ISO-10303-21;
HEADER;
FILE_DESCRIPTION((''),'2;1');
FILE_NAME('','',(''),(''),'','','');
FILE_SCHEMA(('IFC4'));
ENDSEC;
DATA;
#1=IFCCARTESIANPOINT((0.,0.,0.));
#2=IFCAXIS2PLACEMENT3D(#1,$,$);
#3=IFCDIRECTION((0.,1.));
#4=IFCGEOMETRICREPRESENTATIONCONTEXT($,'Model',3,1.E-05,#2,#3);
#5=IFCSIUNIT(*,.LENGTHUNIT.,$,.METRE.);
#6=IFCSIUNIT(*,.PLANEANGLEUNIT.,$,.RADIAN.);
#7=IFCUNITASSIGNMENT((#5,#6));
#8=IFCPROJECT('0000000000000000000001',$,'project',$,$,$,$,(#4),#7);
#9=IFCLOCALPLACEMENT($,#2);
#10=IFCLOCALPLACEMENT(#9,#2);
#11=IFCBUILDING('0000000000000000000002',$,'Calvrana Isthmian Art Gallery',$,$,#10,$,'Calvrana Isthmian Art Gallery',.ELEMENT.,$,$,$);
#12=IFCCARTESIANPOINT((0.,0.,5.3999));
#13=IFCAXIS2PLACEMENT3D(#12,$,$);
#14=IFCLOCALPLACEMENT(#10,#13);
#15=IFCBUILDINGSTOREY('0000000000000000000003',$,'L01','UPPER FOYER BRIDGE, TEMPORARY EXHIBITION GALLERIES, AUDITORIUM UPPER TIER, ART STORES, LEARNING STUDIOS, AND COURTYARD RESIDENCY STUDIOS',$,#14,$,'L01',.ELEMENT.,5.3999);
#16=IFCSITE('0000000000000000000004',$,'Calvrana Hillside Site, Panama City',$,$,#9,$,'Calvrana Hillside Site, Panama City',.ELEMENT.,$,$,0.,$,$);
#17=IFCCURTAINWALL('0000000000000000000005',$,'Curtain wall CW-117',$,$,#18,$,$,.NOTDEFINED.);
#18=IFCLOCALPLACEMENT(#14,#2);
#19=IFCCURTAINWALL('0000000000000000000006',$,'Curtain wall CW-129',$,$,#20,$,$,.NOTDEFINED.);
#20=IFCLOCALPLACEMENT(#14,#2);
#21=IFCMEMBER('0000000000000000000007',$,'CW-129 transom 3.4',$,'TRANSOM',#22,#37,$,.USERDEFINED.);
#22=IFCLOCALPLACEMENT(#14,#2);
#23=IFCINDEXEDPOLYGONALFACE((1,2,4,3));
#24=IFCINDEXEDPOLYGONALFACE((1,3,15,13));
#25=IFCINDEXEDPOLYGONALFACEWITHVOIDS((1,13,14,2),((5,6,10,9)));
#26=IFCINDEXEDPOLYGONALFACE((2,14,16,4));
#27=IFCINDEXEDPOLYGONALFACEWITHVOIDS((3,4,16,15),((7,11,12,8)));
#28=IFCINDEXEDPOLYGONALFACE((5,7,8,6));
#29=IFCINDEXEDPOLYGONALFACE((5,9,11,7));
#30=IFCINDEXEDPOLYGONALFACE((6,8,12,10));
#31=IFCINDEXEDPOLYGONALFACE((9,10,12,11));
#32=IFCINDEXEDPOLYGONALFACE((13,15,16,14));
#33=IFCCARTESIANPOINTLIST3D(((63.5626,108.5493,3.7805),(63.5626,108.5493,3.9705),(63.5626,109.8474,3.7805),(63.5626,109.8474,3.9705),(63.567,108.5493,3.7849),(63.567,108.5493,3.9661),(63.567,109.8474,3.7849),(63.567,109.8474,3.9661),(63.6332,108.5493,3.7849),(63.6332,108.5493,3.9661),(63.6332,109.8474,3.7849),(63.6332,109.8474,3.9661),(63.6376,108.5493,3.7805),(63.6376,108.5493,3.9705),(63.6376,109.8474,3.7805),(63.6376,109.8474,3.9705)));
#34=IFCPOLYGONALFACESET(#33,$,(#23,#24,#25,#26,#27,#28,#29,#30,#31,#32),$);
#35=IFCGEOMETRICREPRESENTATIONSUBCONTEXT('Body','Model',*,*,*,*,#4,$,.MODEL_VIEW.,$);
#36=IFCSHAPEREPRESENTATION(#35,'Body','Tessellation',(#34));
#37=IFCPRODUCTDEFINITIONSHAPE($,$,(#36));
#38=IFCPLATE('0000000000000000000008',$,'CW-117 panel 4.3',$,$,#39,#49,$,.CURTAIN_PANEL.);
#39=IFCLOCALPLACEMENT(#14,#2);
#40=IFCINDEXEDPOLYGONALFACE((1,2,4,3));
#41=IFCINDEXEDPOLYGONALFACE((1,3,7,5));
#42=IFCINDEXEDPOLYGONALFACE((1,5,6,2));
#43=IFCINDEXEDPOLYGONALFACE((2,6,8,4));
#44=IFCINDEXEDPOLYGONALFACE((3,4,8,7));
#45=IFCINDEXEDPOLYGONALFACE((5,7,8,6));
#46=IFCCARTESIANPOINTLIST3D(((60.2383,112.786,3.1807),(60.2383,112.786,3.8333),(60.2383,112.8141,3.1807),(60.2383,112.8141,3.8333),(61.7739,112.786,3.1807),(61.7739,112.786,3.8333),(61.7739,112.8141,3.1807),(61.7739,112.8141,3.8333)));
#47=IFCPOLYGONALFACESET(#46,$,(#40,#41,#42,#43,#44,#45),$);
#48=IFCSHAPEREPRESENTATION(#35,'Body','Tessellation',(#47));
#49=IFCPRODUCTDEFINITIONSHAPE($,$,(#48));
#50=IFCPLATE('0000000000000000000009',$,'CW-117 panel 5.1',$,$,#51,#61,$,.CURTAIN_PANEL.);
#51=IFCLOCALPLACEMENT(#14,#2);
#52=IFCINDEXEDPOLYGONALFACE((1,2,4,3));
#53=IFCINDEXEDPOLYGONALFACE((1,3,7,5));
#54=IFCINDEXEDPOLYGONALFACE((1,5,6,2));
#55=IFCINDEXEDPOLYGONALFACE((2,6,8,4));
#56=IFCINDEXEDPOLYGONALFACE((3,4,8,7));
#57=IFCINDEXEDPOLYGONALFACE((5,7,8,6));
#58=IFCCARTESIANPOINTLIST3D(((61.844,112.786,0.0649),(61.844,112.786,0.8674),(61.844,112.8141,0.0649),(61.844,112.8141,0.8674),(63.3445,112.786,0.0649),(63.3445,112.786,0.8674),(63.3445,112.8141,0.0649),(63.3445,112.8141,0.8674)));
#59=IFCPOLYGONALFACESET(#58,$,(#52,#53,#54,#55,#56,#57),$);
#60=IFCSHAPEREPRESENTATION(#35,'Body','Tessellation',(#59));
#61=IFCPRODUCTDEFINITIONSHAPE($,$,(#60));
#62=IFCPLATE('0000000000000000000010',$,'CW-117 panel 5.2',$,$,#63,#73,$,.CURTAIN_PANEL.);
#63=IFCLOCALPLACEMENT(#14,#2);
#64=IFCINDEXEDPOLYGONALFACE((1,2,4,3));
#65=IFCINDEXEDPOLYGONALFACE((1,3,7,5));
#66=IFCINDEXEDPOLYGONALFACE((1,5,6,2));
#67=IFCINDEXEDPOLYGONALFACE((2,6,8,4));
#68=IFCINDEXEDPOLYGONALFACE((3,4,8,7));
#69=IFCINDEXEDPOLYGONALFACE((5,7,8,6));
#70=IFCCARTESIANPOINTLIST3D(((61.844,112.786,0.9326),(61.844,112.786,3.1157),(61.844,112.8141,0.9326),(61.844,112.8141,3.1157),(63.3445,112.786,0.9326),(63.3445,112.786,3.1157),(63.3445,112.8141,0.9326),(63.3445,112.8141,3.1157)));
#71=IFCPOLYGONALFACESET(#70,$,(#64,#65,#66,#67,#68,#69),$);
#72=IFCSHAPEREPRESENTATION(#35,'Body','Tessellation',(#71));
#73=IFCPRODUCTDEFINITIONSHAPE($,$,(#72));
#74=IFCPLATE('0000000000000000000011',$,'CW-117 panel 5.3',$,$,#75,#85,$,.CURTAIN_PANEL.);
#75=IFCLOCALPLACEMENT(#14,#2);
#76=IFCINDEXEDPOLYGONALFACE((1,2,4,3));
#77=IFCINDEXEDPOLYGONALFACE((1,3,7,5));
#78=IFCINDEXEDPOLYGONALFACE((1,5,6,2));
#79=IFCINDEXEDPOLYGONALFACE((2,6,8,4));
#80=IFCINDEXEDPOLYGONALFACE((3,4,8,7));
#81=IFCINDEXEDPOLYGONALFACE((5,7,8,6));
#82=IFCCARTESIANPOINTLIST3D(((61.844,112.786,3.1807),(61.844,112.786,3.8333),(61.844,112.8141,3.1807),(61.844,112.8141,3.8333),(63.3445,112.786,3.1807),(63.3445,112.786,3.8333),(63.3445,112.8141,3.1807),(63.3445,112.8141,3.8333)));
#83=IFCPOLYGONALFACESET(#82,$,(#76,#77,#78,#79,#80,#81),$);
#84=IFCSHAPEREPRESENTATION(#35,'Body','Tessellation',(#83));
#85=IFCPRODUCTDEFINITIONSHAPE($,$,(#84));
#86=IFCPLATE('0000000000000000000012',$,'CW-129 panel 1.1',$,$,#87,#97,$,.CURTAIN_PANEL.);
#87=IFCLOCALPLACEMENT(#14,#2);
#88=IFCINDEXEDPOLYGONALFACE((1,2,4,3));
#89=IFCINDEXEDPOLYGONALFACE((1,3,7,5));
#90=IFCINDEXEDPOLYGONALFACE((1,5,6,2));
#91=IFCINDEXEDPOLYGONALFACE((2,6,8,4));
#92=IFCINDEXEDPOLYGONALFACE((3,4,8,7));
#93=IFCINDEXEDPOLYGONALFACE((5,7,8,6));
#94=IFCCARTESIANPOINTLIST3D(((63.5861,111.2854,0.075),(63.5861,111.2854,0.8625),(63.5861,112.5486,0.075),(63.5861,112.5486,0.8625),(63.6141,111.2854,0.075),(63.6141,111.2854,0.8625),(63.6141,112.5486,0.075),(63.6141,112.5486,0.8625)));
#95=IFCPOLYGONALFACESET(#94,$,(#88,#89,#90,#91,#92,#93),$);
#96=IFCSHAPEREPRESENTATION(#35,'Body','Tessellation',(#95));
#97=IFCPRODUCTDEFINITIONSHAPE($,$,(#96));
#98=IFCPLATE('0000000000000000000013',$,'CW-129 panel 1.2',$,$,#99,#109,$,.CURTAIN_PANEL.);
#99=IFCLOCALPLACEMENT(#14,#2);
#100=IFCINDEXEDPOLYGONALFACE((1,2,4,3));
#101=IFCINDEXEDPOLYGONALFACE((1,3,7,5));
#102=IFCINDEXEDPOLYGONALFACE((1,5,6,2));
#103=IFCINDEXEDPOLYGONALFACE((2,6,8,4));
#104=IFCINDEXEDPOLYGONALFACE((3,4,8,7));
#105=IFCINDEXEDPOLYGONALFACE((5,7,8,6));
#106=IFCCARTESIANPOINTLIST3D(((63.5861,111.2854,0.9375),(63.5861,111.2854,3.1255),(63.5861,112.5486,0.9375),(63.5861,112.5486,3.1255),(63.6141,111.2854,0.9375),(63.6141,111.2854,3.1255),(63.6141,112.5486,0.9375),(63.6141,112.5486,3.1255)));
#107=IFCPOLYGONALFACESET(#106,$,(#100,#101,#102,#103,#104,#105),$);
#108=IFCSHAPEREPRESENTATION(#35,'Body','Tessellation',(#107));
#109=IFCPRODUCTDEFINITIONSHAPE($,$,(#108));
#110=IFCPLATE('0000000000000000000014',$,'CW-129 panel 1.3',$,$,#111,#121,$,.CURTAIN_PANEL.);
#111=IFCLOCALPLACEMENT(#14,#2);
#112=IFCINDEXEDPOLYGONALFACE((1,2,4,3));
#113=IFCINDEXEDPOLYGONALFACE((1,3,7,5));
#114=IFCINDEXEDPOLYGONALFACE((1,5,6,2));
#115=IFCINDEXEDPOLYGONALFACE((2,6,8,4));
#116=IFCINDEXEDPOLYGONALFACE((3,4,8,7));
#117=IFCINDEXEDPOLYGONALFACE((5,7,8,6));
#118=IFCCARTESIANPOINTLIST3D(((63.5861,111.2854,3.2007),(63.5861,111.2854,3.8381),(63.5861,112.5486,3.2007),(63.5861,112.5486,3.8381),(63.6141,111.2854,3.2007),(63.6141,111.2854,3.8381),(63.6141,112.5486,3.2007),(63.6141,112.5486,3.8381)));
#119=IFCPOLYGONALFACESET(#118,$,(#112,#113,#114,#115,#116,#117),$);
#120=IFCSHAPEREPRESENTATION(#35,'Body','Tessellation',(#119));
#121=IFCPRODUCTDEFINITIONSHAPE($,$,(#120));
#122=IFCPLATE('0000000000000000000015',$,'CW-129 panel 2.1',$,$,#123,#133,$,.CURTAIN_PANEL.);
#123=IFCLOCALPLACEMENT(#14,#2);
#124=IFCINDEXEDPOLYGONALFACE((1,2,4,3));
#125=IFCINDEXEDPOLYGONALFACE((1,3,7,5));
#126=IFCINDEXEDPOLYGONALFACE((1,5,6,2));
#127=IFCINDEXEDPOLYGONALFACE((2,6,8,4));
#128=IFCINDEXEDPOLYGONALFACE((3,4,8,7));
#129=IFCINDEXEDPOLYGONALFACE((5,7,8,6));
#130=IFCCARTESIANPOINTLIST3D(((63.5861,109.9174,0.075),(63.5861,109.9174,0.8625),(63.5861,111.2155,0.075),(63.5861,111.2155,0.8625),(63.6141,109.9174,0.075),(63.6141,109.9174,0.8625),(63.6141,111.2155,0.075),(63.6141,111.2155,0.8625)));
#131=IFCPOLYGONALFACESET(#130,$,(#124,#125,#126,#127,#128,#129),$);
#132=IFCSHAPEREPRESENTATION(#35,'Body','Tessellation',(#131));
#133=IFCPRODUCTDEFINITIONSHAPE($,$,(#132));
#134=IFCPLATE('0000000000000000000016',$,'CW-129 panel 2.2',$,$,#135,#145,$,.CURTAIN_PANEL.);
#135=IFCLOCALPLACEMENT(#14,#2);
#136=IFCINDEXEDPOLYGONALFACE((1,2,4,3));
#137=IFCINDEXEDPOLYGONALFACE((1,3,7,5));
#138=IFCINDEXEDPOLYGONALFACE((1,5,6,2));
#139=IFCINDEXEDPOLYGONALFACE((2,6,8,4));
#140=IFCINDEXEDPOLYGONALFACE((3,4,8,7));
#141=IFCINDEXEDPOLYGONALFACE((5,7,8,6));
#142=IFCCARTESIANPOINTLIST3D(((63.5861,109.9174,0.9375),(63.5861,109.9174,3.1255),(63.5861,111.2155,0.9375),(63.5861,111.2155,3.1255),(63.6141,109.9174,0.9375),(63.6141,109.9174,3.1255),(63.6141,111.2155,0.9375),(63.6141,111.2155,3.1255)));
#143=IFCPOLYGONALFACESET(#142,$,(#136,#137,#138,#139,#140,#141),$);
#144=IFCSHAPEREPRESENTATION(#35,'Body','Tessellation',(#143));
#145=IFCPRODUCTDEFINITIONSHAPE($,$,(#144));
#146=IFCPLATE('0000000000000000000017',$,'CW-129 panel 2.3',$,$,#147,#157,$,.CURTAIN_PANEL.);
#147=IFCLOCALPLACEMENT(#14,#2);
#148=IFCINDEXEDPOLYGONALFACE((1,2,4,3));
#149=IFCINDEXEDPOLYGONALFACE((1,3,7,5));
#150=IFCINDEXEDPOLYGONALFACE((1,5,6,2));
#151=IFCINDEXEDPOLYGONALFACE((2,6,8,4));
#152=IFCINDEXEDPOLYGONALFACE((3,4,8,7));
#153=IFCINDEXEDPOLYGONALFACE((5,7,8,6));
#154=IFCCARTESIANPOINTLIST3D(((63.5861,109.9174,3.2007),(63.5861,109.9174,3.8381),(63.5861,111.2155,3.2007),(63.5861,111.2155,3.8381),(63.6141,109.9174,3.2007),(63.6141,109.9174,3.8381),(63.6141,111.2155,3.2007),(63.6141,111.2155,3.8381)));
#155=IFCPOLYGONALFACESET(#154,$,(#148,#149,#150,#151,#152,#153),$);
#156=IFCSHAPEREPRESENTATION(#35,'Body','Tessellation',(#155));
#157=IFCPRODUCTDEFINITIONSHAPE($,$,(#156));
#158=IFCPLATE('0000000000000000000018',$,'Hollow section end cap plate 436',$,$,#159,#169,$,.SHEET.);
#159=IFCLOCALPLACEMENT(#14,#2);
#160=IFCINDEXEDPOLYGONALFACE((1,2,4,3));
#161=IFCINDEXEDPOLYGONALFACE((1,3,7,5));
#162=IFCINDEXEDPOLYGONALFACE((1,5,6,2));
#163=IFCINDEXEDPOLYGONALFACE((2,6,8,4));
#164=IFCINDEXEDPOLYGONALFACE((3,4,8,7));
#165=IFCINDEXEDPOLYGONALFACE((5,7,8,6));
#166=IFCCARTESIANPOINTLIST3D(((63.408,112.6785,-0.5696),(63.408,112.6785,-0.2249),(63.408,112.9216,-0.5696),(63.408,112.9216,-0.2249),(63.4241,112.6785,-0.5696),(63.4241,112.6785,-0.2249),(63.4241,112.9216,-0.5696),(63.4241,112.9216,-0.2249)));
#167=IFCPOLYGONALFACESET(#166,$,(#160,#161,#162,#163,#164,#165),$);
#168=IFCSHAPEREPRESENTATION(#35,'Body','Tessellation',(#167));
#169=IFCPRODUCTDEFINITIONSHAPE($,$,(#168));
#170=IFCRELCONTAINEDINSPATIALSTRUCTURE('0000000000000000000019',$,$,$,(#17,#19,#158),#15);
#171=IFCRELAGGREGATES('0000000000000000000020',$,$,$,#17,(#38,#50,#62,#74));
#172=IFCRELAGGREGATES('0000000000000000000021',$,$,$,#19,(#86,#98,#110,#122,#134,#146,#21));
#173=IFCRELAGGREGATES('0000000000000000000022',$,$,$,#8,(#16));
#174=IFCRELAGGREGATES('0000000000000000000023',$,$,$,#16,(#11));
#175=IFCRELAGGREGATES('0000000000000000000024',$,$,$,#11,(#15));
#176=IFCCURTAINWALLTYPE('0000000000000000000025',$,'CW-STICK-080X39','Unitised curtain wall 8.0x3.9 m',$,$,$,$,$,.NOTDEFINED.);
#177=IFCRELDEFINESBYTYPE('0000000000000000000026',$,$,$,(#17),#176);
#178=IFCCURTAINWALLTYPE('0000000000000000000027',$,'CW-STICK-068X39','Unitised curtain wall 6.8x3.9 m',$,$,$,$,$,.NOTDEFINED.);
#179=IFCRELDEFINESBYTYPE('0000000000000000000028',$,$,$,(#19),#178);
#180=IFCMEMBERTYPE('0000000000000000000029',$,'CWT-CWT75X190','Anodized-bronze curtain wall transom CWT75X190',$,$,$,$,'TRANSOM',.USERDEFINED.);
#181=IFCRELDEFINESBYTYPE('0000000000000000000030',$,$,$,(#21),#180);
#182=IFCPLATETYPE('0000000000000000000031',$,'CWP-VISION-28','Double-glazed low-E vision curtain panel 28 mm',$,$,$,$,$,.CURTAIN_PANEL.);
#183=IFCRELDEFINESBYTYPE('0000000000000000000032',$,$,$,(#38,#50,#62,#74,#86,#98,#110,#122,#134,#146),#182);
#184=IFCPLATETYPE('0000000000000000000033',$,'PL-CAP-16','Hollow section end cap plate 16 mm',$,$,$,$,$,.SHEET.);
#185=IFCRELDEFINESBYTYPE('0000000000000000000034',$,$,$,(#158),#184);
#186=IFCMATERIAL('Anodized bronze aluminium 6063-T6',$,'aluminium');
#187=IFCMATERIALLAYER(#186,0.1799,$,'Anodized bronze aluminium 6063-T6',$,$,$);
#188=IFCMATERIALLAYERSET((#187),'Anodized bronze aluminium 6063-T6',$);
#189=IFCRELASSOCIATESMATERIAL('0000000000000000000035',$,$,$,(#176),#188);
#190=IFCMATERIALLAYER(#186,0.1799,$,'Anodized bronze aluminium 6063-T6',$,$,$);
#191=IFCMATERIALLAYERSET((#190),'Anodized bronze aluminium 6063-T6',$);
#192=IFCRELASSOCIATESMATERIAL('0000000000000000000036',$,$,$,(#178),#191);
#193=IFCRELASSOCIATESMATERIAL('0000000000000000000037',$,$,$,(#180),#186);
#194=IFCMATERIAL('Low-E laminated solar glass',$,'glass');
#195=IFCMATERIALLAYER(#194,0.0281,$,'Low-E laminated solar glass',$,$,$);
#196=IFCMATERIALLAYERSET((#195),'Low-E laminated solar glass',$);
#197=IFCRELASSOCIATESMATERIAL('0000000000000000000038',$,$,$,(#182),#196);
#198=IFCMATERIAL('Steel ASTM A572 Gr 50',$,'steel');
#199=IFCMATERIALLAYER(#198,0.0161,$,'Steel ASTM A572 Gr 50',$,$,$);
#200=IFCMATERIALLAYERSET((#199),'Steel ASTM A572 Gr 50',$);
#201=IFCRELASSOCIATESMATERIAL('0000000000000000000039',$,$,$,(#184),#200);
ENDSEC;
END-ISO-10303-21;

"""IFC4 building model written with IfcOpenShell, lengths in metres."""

from ifc_helpers import new_model, si_unit, direction, frame, origin, origin_2d, place, context, subcontext, project, spatial, rectangle, hollow_rectangle, extrude, material, layer, layer_set, material_profile, profile_set, type_object, element, aggregate, save


model = new_model("IFC4")

# Units and contexts
model_context = context("Model", 3, precision=1e-05, world=origin(), true_north=direction((0.0, 1.0)))
body_context = subcontext(model_context, "Body", "Model", "MODEL_VIEW")
ifc_project = project(units=[si_unit("LENGTHUNIT", "METRE"), si_unit("PLANEANGLEUNIT", "RADIAN")], contexts=[model_context])

# Site, building, storey
site_placement = place(None, origin())
site = spatial("IfcSite", under=ifc_project, at=site_placement, Name="Calvrana Hillside Site, Panama City", LongName="Calvrana Hillside Site, Panama City", CompositionType="ELEMENT", RefElevation=0.0)
building_placement = place(site_placement, origin())
building = spatial("IfcBuilding", under=site, at=building_placement, Name="Calvrana Isthmian Art Gallery", LongName="Calvrana Isthmian Art Gallery", CompositionType="ELEMENT")
storey_placement = place(building_placement, frame((0.0, 0.0, 5.3999)))
storey = spatial("IfcBuildingStorey", under=building, at=storey_placement, Name="L01", Description="UPPER FOYER BRIDGE, TEMPORARY EXHIBITION GALLERIES, AUDITORIUM UPPER TIER, ART STORES, LEARNING STUDIOS, AND COURTYARD RESIDENCY STUDIOS", LongName="L01", CompositionType="ELEMENT", Elevation=5.3999)

# Curtain walls
ifc_material_1 = material(Name="Anodized bronze aluminium 6063-T6", Category="aluminium")
ifc_layer_1 = layer(ifc_material_1, 0.1799, Name="Anodized bronze aluminium 6063-T6")
ifc_layer_set_1 = layer_set([ifc_layer_1], Name="Anodized bronze aluminium 6063-T6")
curtain_wall_type_1 = type_object("IfcCurtainWallType", Name="CW-STICK-080X39", Description="Unitised curtain wall 8.0x3.9 m", PredefinedType="NOTDEFINED", material=ifc_layer_set_1)
curtain_wall_1_placement = place(storey_placement, origin())
curtain_wall_1 = element("IfcCurtainWall", 1, at=curtain_wall_1_placement, inside=storey, type_object=curtain_wall_type_1, Name="Curtain wall CW-117", PredefinedType="NOTDEFINED")
ifc_layer_2 = layer(ifc_material_1, 0.1799, Name="Anodized bronze aluminium 6063-T6")
ifc_layer_set_2 = layer_set([ifc_layer_2], Name="Anodized bronze aluminium 6063-T6")
curtain_wall_type_2 = type_object("IfcCurtainWallType", Name="CW-STICK-068X39", Description="Unitised curtain wall 6.8x3.9 m", PredefinedType="NOTDEFINED", material=ifc_layer_set_2)
curtain_wall_2_placement = place(storey_placement, origin())
curtain_wall_2 = element("IfcCurtainWall", 2, at=curtain_wall_2_placement, inside=storey, type_object=curtain_wall_type_2, Name="Curtain wall CW-129", PredefinedType="NOTDEFINED")

# Member
ifc_material_profile_1 = material_profile(ifc_material_1, hollow_rectangle(XDim=0.075, YDim=0.1899, WallThickness=0.0044, at=origin_2d()), Name="CWT75X190")
ifc_profile_set_1 = profile_set([ifc_material_profile_1], Name="Anodized bronze aluminium 6063-T6")
member_type_1 = type_object("IfcMemberType", Name="CWT-CWT75X190", Description="Anodized-bronze curtain wall transom CWT75X190", ElementType="TRANSOM", PredefinedType="USERDEFINED", material=ifc_profile_set_1)
member_1_placement = place(storey_placement, frame((63.6001, 109.8474, 3.8755), z_axis=(0.0, -1.0, 0.0), x_axis=(1.0, 0.0, 0.0)))
member_1 = element("IfcMember", 3, at=member_1_placement, type_object=member_type_1, Name="CW-129 transom 3.4", ObjectType="TRANSOM", PredefinedType="USERDEFINED", context=body_context, shape_type="SweptSolid", body=[
    extrude(hollow_rectangle(XDim=0.075, YDim=0.1899, WallThickness=0.0044, at=origin_2d()), origin(), (0.0, 0.0, 1.0), 1.2981),
])

# Plates
ifc_material_2 = material(Name="Low-E laminated solar glass", Category="glass")
ifc_layer_3 = layer(ifc_material_2, 0.0281, Name="Low-E laminated solar glass")
ifc_layer_set_3 = layer_set([ifc_layer_3], Name="Low-E laminated solar glass")
plate_type_1 = type_object("IfcPlateType", Name="CWP-VISION-28", Description="Double-glazed low-E vision curtain panel 28 mm", PredefinedType="CURTAIN_PANEL", material=ifc_layer_set_3)
plate_1_placement = place(storey_placement, frame((61.0061, 112.8, 3.1807), z_axis=(0.0, 0.0, 1.0), x_axis=(1.0, 0.0, 0.0)))
plate_1 = element("IfcPlate", 4, at=plate_1_placement, type_object=plate_type_1, Name="CW-117 panel 4.3", PredefinedType="CURTAIN_PANEL", context=body_context, shape_type="SweptSolid", body=[
    extrude(rectangle(XDim=1.5356, YDim=0.0281, at=origin_2d()), origin(), (0.0, 0.0, 1.0), 0.6526),
])
plate_2_placement = place(storey_placement, frame((62.5942, 112.8, 0.0649), z_axis=(0.0, 0.0, 1.0), x_axis=(1.0, 0.0, 0.0)))
plate_2 = element("IfcPlate", 5, at=plate_2_placement, type_object=plate_type_1, Name="CW-117 panel 5.1", PredefinedType="CURTAIN_PANEL", context=body_context, shape_type="SweptSolid", body=[
    extrude(rectangle(XDim=1.5005, YDim=0.0281, at=origin_2d()), origin(), (0.0, 0.0, 1.0), 0.8025),
])
plate_3_placement = place(storey_placement, frame((62.5942, 112.8, 0.9326), z_axis=(0.0, 0.0, 1.0), x_axis=(1.0, 0.0, 0.0)))
plate_3 = element("IfcPlate", 6, at=plate_3_placement, type_object=plate_type_1, Name="CW-117 panel 5.2", PredefinedType="CURTAIN_PANEL", context=body_context, shape_type="SweptSolid", body=[
    extrude(rectangle(XDim=1.5005, YDim=0.0281, at=origin_2d()), origin(), (0.0, 0.0, 1.0), 2.1831),
])
plate_4_placement = place(storey_placement, frame((62.5942, 112.8, 3.1807), z_axis=(0.0, 0.0, 1.0), x_axis=(1.0, 0.0, 0.0)))
plate_4 = element("IfcPlate", 7, at=plate_4_placement, type_object=plate_type_1, Name="CW-117 panel 5.3", PredefinedType="CURTAIN_PANEL", context=body_context, shape_type="SweptSolid", body=[
    extrude(rectangle(XDim=1.5005, YDim=0.0281, at=origin_2d()), origin(), (0.0, 0.0, 1.0), 0.6526),
])
aggregate(curtain_wall_1, [plate_1, plate_2, plate_3, plate_4])
plate_5_placement = place(storey_placement, frame((63.6001, 111.917, 0.075), z_axis=(0.0, 0.0, 1.0), x_axis=(0.0, -1.0, 0.0)))
plate_5 = element("IfcPlate", 8, at=plate_5_placement, type_object=plate_type_1, Name="CW-129 panel 1.1", PredefinedType="CURTAIN_PANEL", context=body_context, shape_type="SweptSolid", body=[
    extrude(rectangle(XDim=1.2632, YDim=0.0281, at=origin_2d()), origin(), (0.0, 0.0, 1.0), 0.7876),
])
plate_6_placement = place(storey_placement, frame((63.6001, 111.917, 0.9375), z_axis=(0.0, 0.0, 1.0), x_axis=(0.0, -1.0, 0.0)))
plate_6 = element("IfcPlate", 9, at=plate_6_placement, type_object=plate_type_1, Name="CW-129 panel 1.2", PredefinedType="CURTAIN_PANEL", context=body_context, shape_type="SweptSolid", body=[
    extrude(rectangle(XDim=1.2632, YDim=0.0281, at=origin_2d()), origin(), (0.0, 0.0, 1.0), 2.188),
])
plate_7_placement = place(storey_placement, frame((63.6001, 111.917, 3.2007), z_axis=(0.0, 0.0, 1.0), x_axis=(0.0, -1.0, 0.0)))
plate_7 = element("IfcPlate", 10, at=plate_7_placement, type_object=plate_type_1, Name="CW-129 panel 1.3", PredefinedType="CURTAIN_PANEL", context=body_context, shape_type="SweptSolid", body=[
    extrude(rectangle(XDim=1.2632, YDim=0.0281, at=origin_2d()), origin(), (0.0, 0.0, 1.0), 0.6375),
])
plate_8_placement = place(storey_placement, frame((63.6001, 110.5664, 0.075), z_axis=(0.0, 0.0, 1.0), x_axis=(0.0, -1.0, 0.0)))
plate_8 = element("IfcPlate", 11, at=plate_8_placement, type_object=plate_type_1, Name="CW-129 panel 2.1", PredefinedType="CURTAIN_PANEL", context=body_context, shape_type="SweptSolid", body=[
    extrude(rectangle(XDim=1.2981, YDim=0.0281, at=origin_2d()), origin(), (0.0, 0.0, 1.0), 0.7876),
])
plate_9_placement = place(storey_placement, frame((63.6001, 110.5664, 0.9375), z_axis=(0.0, 0.0, 1.0), x_axis=(0.0, -1.0, 0.0)))
plate_9 = element("IfcPlate", 12, at=plate_9_placement, type_object=plate_type_1, Name="CW-129 panel 2.2", PredefinedType="CURTAIN_PANEL", context=body_context, shape_type="SweptSolid", body=[
    extrude(rectangle(XDim=1.2981, YDim=0.0281, at=origin_2d()), origin(), (0.0, 0.0, 1.0), 2.188),
])
plate_10_placement = place(storey_placement, frame((63.6001, 110.5664, 3.2007), z_axis=(0.0, 0.0, 1.0), x_axis=(0.0, -1.0, 0.0)))
plate_10 = element("IfcPlate", 13, at=plate_10_placement, type_object=plate_type_1, Name="CW-129 panel 2.3", PredefinedType="CURTAIN_PANEL", context=body_context, shape_type="SweptSolid", body=[
    extrude(rectangle(XDim=1.2981, YDim=0.0281, at=origin_2d()), origin(), (0.0, 0.0, 1.0), 0.6375),
])
aggregate(curtain_wall_2, [plate_5, plate_6, plate_7, plate_8, plate_9, plate_10, member_1])
ifc_material_3 = material(Name="Steel ASTM A572 Gr 50", Category="steel")
ifc_layer_4 = layer(ifc_material_3, 0.0161, Name="Steel ASTM A572 Gr 50")
ifc_layer_set_4 = layer_set([ifc_layer_4], Name="Steel ASTM A572 Gr 50")
plate_type_2 = type_object("IfcPlateType", Name="PL-CAP-16", Description="Hollow section end cap plate 16 mm", PredefinedType="SHEET", material=ifc_layer_set_4)
plate_11_placement = place(storey_placement, frame((63.416, 112.8, -0.5696), z_axis=(0.0, 0.0, 1.0), x_axis=(1.0, 0.0, 0.0)))
element("IfcPlate", 14, at=plate_11_placement, inside=storey, type_object=plate_type_2, Name="Hollow section end cap plate 436", PredefinedType="SHEET", context=body_context, shape_type="SweptSolid", body=[
    extrude(rectangle(XDim=0.0161, YDim=0.2432, at=origin_2d()), origin(), (0.0, 0.0, 1.0), 0.3447),
])

save(model, "model.ifc")
